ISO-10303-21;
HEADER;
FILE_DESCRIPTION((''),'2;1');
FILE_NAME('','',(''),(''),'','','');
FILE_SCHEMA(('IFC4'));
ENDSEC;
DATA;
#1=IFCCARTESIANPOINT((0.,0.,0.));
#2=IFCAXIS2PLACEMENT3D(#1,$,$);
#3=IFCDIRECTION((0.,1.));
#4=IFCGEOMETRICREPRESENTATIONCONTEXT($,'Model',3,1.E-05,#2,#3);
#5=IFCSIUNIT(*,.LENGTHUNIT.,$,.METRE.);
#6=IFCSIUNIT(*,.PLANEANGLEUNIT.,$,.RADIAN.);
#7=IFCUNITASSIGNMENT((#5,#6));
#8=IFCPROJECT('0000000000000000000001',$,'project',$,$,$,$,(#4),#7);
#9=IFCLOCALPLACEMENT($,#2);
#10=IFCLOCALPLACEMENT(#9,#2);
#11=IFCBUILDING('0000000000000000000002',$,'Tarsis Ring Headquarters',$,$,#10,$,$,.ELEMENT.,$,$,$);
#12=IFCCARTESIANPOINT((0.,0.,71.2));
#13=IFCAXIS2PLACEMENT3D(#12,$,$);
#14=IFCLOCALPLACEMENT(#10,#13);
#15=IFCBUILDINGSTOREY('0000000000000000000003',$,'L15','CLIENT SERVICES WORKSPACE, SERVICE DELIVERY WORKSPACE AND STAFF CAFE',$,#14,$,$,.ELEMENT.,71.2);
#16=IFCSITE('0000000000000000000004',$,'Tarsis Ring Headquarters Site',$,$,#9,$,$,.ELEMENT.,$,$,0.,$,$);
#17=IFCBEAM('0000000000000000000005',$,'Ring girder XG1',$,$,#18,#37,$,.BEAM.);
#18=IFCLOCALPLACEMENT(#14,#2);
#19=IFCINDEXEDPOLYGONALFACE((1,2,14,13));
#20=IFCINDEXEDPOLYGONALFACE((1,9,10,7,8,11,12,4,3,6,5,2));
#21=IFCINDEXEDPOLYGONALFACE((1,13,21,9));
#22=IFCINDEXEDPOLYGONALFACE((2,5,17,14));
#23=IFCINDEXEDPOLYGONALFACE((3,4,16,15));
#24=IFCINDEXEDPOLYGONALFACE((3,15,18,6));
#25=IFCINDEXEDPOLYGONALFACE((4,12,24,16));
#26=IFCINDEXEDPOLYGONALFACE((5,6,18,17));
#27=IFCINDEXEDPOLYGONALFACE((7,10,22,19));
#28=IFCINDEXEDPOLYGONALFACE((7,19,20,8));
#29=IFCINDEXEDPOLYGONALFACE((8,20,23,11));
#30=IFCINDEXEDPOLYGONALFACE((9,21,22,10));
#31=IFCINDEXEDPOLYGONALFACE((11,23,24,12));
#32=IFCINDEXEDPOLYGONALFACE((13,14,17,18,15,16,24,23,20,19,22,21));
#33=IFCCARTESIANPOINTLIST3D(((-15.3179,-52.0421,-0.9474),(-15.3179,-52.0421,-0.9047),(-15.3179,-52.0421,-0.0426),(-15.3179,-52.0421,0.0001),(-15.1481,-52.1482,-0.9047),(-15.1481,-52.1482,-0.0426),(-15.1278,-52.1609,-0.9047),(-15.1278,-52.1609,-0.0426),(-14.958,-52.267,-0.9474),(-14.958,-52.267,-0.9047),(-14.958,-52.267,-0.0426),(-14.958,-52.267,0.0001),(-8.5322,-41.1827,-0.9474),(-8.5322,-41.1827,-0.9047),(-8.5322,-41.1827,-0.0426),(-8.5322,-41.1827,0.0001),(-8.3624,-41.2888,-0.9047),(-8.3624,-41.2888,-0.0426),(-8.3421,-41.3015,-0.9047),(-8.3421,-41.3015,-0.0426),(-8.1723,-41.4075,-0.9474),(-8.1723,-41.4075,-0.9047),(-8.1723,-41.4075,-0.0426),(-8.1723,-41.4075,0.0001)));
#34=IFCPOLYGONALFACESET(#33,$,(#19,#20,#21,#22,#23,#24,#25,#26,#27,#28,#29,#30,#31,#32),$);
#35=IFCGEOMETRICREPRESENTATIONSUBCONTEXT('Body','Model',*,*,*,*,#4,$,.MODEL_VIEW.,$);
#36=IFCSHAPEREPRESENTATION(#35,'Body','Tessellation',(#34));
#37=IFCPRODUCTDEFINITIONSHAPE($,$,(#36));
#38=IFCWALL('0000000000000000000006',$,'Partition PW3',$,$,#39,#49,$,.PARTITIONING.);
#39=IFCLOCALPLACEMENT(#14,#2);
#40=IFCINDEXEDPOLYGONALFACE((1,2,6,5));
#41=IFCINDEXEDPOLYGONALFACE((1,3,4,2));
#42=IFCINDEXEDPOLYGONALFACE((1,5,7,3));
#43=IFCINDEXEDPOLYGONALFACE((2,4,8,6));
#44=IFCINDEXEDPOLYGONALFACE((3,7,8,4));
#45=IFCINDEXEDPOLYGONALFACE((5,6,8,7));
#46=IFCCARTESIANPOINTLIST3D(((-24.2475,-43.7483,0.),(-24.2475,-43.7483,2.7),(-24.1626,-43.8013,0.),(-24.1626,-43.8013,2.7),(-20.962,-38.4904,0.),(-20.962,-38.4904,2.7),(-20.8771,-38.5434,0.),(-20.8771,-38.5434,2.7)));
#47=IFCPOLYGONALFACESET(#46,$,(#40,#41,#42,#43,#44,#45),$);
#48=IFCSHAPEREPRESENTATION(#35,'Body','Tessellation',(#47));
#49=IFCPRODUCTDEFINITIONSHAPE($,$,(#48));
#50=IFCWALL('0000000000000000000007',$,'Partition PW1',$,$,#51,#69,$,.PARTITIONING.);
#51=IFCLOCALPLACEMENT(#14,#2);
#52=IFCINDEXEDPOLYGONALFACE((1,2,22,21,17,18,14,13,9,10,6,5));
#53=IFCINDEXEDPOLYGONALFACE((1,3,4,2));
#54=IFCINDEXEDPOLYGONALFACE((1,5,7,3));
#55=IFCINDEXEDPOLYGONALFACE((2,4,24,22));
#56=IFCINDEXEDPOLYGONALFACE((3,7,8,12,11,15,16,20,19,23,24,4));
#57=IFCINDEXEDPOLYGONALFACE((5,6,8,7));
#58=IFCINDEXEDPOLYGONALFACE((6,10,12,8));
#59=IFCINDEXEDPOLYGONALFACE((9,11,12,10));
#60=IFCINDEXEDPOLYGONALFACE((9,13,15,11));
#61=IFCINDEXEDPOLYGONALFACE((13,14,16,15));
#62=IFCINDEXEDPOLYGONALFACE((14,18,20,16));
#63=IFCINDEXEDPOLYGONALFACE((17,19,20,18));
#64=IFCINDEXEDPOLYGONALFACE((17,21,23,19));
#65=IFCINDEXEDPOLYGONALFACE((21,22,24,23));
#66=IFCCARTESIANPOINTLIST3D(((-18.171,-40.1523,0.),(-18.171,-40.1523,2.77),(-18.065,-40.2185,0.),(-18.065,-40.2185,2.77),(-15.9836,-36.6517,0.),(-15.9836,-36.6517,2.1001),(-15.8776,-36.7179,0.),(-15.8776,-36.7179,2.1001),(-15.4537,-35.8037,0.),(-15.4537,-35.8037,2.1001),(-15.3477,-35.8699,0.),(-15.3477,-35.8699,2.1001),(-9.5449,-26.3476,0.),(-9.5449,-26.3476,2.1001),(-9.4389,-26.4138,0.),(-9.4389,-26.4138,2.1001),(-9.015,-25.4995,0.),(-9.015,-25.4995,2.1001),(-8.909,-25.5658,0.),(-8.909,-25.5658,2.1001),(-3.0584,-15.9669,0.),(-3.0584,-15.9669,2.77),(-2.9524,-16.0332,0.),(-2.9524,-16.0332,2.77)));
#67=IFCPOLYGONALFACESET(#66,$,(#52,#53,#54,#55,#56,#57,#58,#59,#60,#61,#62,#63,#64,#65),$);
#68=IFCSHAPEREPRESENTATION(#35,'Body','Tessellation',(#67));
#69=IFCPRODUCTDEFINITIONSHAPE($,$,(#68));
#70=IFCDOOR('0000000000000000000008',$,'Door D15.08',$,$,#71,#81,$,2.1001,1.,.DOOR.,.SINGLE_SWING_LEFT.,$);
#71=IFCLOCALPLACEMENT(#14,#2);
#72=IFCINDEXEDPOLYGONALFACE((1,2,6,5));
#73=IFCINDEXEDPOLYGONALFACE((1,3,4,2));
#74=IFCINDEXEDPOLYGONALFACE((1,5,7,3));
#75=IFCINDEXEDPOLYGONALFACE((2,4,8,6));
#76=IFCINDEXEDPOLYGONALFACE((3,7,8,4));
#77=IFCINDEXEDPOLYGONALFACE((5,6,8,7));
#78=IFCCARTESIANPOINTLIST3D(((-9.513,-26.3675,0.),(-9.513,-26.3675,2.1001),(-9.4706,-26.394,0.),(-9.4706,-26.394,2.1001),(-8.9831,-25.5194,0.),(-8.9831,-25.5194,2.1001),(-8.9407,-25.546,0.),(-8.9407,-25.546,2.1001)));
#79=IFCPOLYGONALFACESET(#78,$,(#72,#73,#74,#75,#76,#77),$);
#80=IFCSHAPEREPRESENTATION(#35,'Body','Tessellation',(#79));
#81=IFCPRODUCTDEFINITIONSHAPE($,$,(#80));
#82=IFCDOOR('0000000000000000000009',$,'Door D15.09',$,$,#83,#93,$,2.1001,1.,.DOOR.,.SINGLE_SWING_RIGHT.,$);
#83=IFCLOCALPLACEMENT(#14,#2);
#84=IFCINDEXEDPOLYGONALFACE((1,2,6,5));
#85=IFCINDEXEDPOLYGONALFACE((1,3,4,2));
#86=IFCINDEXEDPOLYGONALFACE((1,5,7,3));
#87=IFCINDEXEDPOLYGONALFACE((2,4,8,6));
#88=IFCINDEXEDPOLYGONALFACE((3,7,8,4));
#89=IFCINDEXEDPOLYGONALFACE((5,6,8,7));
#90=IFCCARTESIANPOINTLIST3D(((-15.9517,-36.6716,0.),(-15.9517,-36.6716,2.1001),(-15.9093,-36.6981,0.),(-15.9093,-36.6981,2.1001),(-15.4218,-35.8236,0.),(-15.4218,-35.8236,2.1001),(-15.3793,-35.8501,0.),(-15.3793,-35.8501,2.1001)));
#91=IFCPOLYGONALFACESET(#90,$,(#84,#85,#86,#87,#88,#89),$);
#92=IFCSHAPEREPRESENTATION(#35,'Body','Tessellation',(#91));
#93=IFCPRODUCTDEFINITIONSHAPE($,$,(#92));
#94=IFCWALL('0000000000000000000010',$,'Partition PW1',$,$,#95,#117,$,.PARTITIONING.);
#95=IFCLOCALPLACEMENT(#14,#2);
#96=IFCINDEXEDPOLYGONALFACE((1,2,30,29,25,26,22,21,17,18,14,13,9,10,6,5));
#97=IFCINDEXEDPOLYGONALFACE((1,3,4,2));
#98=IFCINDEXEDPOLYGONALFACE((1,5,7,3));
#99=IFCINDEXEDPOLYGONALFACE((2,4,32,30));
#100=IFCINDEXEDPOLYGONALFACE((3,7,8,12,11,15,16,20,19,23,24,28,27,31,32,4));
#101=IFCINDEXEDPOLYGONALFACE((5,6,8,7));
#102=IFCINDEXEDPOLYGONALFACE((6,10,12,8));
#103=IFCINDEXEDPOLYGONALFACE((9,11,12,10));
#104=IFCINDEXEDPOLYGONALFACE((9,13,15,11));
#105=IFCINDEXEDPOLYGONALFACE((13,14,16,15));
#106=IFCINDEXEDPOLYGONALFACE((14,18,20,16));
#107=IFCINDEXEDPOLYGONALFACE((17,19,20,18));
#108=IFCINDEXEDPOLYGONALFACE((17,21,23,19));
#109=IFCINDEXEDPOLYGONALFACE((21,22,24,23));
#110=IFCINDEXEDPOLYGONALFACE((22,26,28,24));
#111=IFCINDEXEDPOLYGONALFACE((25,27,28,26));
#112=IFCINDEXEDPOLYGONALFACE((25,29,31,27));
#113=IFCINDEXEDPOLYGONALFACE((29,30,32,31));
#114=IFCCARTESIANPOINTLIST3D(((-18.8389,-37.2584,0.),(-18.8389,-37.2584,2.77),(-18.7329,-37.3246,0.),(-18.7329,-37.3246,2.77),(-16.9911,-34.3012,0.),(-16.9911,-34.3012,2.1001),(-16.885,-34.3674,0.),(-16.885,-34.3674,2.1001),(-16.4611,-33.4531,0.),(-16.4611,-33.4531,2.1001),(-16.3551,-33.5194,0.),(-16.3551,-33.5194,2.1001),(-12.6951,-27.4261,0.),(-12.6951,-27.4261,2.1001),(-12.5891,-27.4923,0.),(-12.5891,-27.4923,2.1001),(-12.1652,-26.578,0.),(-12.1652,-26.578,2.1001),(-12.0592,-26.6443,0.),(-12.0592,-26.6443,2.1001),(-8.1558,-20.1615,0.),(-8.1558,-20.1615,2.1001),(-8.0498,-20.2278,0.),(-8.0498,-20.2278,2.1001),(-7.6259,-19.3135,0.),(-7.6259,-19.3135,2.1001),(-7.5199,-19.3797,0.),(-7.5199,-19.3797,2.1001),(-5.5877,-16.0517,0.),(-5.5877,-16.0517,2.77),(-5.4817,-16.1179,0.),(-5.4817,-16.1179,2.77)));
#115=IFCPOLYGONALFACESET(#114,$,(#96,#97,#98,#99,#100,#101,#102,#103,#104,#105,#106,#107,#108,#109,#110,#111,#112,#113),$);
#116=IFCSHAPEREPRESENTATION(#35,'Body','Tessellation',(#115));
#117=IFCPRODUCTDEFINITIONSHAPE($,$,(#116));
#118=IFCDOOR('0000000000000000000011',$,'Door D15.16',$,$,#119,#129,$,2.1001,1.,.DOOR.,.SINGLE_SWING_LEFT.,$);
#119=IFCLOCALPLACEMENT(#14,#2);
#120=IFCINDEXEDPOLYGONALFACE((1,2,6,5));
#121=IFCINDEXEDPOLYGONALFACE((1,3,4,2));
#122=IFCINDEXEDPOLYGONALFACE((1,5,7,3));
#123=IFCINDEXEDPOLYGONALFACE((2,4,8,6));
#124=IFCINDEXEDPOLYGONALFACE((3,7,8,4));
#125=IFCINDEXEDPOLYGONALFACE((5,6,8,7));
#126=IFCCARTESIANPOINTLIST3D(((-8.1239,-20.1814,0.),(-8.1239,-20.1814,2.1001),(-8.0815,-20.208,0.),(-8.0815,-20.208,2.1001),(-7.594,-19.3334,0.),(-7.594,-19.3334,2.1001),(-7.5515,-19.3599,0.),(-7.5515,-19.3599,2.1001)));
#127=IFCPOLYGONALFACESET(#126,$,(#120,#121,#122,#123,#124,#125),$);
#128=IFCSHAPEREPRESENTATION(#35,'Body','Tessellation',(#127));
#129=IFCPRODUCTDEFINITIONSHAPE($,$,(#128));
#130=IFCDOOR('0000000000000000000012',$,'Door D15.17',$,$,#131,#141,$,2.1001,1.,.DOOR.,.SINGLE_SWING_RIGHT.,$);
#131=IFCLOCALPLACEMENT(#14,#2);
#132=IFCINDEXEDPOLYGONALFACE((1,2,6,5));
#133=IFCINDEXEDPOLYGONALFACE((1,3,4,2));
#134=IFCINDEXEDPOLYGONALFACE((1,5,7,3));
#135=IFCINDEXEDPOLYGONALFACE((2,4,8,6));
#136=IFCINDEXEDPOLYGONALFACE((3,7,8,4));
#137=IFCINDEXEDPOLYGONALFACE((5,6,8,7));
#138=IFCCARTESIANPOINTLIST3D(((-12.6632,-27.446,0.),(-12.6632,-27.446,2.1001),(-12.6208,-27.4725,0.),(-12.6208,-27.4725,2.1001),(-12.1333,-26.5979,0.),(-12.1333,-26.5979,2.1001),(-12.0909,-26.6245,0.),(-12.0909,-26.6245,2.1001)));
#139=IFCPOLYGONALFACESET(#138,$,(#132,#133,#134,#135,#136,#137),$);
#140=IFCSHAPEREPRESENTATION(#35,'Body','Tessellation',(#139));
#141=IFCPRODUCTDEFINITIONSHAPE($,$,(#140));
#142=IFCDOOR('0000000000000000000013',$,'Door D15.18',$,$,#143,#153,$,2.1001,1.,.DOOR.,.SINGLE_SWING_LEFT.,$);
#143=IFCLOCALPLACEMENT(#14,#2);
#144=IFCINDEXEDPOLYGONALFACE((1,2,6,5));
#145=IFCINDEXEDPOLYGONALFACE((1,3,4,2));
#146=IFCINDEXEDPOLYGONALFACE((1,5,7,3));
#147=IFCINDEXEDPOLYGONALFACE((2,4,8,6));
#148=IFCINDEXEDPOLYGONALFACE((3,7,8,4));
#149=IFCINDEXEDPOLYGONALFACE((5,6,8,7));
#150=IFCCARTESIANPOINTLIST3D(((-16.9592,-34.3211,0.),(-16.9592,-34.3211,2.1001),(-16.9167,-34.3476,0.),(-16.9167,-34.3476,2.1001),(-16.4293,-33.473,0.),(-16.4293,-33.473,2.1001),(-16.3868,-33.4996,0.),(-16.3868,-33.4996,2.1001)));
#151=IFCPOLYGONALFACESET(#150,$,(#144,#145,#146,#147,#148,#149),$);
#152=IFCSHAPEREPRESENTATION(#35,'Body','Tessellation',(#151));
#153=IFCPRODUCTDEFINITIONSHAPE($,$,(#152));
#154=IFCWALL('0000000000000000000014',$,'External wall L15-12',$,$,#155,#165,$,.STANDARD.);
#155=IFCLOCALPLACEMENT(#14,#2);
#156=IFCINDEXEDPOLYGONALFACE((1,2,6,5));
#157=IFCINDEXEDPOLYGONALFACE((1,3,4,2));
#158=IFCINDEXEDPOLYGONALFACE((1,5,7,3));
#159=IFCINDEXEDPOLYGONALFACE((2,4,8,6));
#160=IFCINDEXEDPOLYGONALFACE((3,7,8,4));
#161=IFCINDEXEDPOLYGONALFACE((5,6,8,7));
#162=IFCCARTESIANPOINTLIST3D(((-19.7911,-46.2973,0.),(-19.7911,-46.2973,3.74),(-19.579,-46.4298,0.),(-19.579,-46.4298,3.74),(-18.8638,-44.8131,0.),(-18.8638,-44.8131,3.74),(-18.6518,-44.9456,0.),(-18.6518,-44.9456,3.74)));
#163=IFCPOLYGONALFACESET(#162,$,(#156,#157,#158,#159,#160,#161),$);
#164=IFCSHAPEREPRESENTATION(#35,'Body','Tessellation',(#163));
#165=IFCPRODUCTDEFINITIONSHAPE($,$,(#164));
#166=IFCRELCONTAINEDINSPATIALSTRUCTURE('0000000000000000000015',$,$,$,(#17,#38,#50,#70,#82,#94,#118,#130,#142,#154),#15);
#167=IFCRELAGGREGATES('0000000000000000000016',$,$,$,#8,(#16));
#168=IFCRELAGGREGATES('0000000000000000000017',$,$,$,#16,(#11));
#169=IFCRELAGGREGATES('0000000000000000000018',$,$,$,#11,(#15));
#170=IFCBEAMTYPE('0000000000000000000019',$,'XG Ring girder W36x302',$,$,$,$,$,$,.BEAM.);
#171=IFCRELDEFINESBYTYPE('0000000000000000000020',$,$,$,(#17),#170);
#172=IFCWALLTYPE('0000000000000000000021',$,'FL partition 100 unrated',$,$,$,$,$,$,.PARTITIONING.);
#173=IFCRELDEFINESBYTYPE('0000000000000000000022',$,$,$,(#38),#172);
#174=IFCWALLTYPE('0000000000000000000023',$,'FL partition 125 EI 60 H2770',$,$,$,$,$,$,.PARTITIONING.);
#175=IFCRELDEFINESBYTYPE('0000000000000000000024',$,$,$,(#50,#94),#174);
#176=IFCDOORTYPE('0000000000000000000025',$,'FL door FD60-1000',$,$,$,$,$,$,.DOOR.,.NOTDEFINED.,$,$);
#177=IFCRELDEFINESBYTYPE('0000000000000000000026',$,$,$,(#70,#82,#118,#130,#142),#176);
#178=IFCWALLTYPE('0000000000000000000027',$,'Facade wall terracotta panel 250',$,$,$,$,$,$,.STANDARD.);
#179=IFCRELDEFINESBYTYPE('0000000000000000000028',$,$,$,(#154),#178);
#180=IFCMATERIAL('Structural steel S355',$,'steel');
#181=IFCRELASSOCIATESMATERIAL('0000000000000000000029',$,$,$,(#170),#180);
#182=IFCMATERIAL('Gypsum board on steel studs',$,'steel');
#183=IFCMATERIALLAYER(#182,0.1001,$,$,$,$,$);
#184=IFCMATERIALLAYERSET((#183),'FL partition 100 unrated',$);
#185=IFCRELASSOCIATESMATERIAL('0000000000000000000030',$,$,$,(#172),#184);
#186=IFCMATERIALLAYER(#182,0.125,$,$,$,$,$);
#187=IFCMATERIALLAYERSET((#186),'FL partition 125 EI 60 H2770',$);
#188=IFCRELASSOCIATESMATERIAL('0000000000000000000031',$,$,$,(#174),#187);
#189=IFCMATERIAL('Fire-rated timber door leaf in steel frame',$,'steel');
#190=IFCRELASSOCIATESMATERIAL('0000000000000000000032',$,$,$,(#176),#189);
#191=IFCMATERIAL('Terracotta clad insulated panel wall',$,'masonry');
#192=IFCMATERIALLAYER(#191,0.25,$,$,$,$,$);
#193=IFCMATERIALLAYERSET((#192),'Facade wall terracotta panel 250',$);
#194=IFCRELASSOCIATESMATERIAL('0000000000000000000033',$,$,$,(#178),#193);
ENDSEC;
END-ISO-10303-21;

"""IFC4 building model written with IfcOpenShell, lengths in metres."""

from ifc_helpers import new_model, si_unit, direction, frame, frame_2d, origin, origin_2d, place, context, subcontext, project, spatial, rectangle, i_section, extrude, material, layer, layer_set, material_profile, profile_set, type_object, element, fill, save


model = new_model("IFC4")

# Units and contexts
model_context = context("Model", 3, precision=1e-05, world=origin(), true_north=direction((0.0, 1.0)))
body_context = subcontext(model_context, "Body", "Model", "MODEL_VIEW")
ifc_project = project(units=[si_unit("LENGTHUNIT", "METRE"), si_unit("PLANEANGLEUNIT", "RADIAN")], contexts=[model_context])

# Site, building, storey
site_placement = place(None, origin())
site = spatial("IfcSite", under=ifc_project, at=site_placement, Name="Tarsis Ring Headquarters Site", CompositionType="ELEMENT", RefElevation=0.0)
building_placement = place(site_placement, origin())
building = spatial("IfcBuilding", under=site, at=building_placement, Name="Tarsis Ring Headquarters", CompositionType="ELEMENT")
storey_placement = place(building_placement, frame((0.0, 0.0, 71.2)))
storey = spatial("IfcBuildingStorey", under=building, at=storey_placement, Name="L15", Description="CLIENT SERVICES WORKSPACE, SERVICE DELIVERY WORKSPACE AND STAFF CAFE", CompositionType="ELEMENT", Elevation=71.2)

# Shared definitions
ifc_material_1 = material(Name="Structural steel S355", Category="steel")

# Beam
ifc_material_profile_1 = material_profile(ifc_material_1, i_section(OverallWidth=0.4243, OverallDepth=0.9475, WebThickness=0.0239, FlangeThickness=0.0427, at=origin_2d()), Name="W36x302")
ifc_profile_set_1 = profile_set([ifc_material_profile_1], Name="Structural steel S355")
beam_type = type_object("IfcBeamType", Name="XG Ring girder W36x302", PredefinedType="BEAM", material=ifc_profile_set_1)
beam_1_placement = place(storey_placement, frame((-15.1379, -52.1545, -0.4736), z_axis=(0.529917, 0.84805, 0.0), x_axis=(-0.84805, 0.529917, 0.0)))
element("IfcBeam", 1, at=beam_1_placement, inside=storey, type_object=beam_type, Name="Ring girder XG1", PredefinedType="BEAM", context=body_context, shape_type="SweptSolid", body=[
    extrude(i_section(OverallWidth=0.4243, OverallDepth=0.9475, WebThickness=0.0239, FlangeThickness=0.0427, at=origin_2d()), origin(), (0.0, 0.0, 1.0), 12.8052),
])

# Wall
ifc_material_2 = material(Name="Gypsum board on steel studs", Category="steel")
ifc_layer_1 = layer(ifc_material_2, 0.1001)
ifc_layer_set_1 = layer_set([ifc_layer_1], Name="FL partition 100 unrated")
wall_type_1 = type_object("IfcWallType", Name="FL partition 100 unrated", PredefinedType="PARTITIONING", material=ifc_layer_set_1)
wall_1_placement = place(storey_placement, frame((-24.2051, -43.7749, 0.0), z_axis=(0.0, 0.0, 1.0), x_axis=(0.529914, 0.848051, 0.0)))
element("IfcWall", 2, at=wall_1_placement, inside=storey, type_object=wall_type_1, Name="Partition PW3", PredefinedType="PARTITIONING", context=body_context, shape_type="SweptSolid", body=[
    extrude(rectangle(XDim=6.2, YDim=0.1001, at=frame_2d((3.1001, 0.0))), origin(), (0.0, 0.0, 1.0), 2.7),
])

# Walls, openings, doors
ifc_layer_2 = layer(ifc_material_2, 0.125)
ifc_layer_set_2 = layer_set([ifc_layer_2], Name="FL partition 125 EI 60 H2770")
wall_type_2 = type_object("IfcWallType", Name="FL partition 125 EI 60 H2770", PredefinedType="PARTITIONING", material=ifc_layer_set_2)
wall_2_placement = place(storey_placement, frame((-18.1179, -40.1853, 0.0), z_axis=(0.0, 0.0, 1.0), x_axis=(0.529917, 0.84805, 0.0)))
wall_2 = element("IfcWall", 3, at=wall_2_placement, inside=storey, type_object=wall_type_2, Name="Partition PW1", PredefinedType="PARTITIONING", context=body_context, shape_type="SweptSolid", body=[
    extrude(rectangle(XDim=28.5188, YDim=0.125, at=frame_2d((14.2593, 0.0))), origin(), (0.0, 0.0, 1.0), 2.77),
])
opening_1_placement = place(wall_2_placement, frame((16.2781, 0.0, 0.0)))
opening_1 = element("IfcOpeningElement", 4, at=opening_1_placement, cuts=wall_2, PredefinedType="OPENING", context=body_context, shape_type="SweptSolid", body=[
    extrude(rectangle(XDim=1.0, YDim=2.1001, at=frame_2d((0.5, 1.05))), frame((0.0, 0.0725, 0.0), z_axis=(0.0, -1.0, 0.0), x_axis=(1.0, 0.0, 0.0)), (0.0, 0.0, 1.0), 0.145),
])
opening_2_placement = place(wall_2_placement, frame((4.1277, 0.0, 0.0)))
opening_2 = element("IfcOpeningElement", 5, at=opening_2_placement, cuts=wall_2, PredefinedType="OPENING", context=body_context, shape_type="SweptSolid", body=[
    extrude(rectangle(XDim=1.0, YDim=2.1001, at=frame_2d((0.5, 1.05))), frame((0.0, 0.0725, 0.0), z_axis=(0.0, -1.0, 0.0), x_axis=(1.0, 0.0, 0.0)), (0.0, 0.0, 1.0), 0.145),
])
ifc_material_3 = material(Name="Fire-rated timber door leaf in steel frame", Category="steel")
door_type = type_object("IfcDoorType", Name="FL door FD60-1000", OperationType="NOTDEFINED", PredefinedType="DOOR", material=ifc_material_3)
door_1_placement = place(opening_1_placement, origin())
door_1 = element("IfcDoor", 6, at=door_1_placement, inside=storey, type_object=door_type, Name="Door D15.08", OperationType="SINGLE_SWING_LEFT", OverallHeight=2.1001, OverallWidth=1.0, PredefinedType="DOOR", context=body_context, shape_type="SweptSolid", body=[
    extrude(rectangle(XDim=1.0, YDim=2.1001, at=frame_2d((0.5, 1.05))), frame((0.0, 0.0249, 0.0), z_axis=(0.0, -1.0, 0.0), x_axis=(1.0, 0.0, 0.0)), (0.0, 0.0, 1.0), 0.05),
])
fill(opening_1, door_1)
door_2_placement = place(opening_2_placement, origin())
door_2 = element("IfcDoor", 7, at=door_2_placement, inside=storey, type_object=door_type, Name="Door D15.09", OperationType="SINGLE_SWING_RIGHT", OverallHeight=2.1001, OverallWidth=1.0, PredefinedType="DOOR", context=body_context, shape_type="SweptSolid", body=[
    extrude(rectangle(XDim=1.0, YDim=2.1001, at=frame_2d((0.5, 1.05))), frame((0.0, 0.0249, 0.0), z_axis=(0.0, -1.0, 0.0), x_axis=(1.0, 0.0, 0.0)), (0.0, 0.0, 1.0), 0.05),
])
fill(opening_2, door_2)
wall_3_placement = place(storey_placement, frame((-18.7859, -37.2915, 0.0), z_axis=(0.0, 0.0, 1.0), x_axis=(0.529912, 0.848053, 0.0)))
wall_3 = element("IfcWall", 8, at=wall_3_placement, inside=storey, type_object=wall_type_2, Name="Partition PW1", PredefinedType="PARTITIONING", context=body_context, shape_type="SweptSolid", body=[
    extrude(rectangle(XDim=25.0063, YDim=0.125, at=frame_2d((12.5032, 0.0))), origin(), (0.0, 0.0, 1.0), 2.77),
])
opening_3_placement = place(wall_3_placement, frame((20.1602, 0.0, 0.0)))
opening_3 = element("IfcOpeningElement", 9, at=opening_3_placement, cuts=wall_3, PredefinedType="OPENING", context=body_context, shape_type="SweptSolid", body=[
    extrude(rectangle(XDim=1.0, YDim=2.1001, at=frame_2d((0.5, 1.05))), frame((0.0, 0.0725, 0.0), z_axis=(0.0, -1.0, 0.0), x_axis=(1.0, 0.0, 0.0)), (0.0, 0.0, 1.0), 0.145),
])
opening_4_placement = place(wall_3_placement, frame((11.594, 0.0, 0.0)))
opening_4 = element("IfcOpeningElement", 10, at=opening_4_placement, cuts=wall_3, PredefinedType="OPENING", context=body_context, shape_type="SweptSolid", body=[
    extrude(rectangle(XDim=1.0, YDim=2.1001, at=frame_2d((0.5, 1.05))), frame((0.0, 0.0725, 0.0), z_axis=(0.0, -1.0, 0.0), x_axis=(1.0, 0.0, 0.0)), (0.0, 0.0, 1.0), 0.145),
])
opening_5_placement = place(wall_3_placement, frame((3.4871, 0.0, 0.0)))
opening_5 = element("IfcOpeningElement", 11, at=opening_5_placement, cuts=wall_3, PredefinedType="OPENING", context=body_context, shape_type="SweptSolid", body=[
    extrude(rectangle(XDim=1.0, YDim=2.1001, at=frame_2d((0.5, 1.05))), frame((0.0, 0.0725, 0.0), z_axis=(0.0, -1.0, 0.0), x_axis=(1.0, 0.0, 0.0)), (0.0, 0.0, 1.0), 0.145),
])
door_3_placement = place(opening_3_placement, origin())
door_3 = element("IfcDoor", 12, at=door_3_placement, inside=storey, type_object=door_type, Name="Door D15.16", OperationType="SINGLE_SWING_LEFT", OverallHeight=2.1001, OverallWidth=1.0, PredefinedType="DOOR", context=body_context, shape_type="SweptSolid", body=[
    extrude(rectangle(XDim=1.0, YDim=2.1001, at=frame_2d((0.5, 1.05))), frame((0.0, 0.0249, 0.0), z_axis=(0.0, -1.0, 0.0), x_axis=(1.0, 0.0, 0.0)), (0.0, 0.0, 1.0), 0.05),
])
fill(opening_3, door_3)
door_4_placement = place(opening_4_placement, origin())
door_4 = element("IfcDoor", 13, at=door_4_placement, inside=storey, type_object=door_type, Name="Door D15.17", OperationType="SINGLE_SWING_RIGHT", OverallHeight=2.1001, OverallWidth=1.0, PredefinedType="DOOR", context=body_context, shape_type="SweptSolid", body=[
    extrude(rectangle(XDim=1.0, YDim=2.1001, at=frame_2d((0.5, 1.05))), frame((0.0, 0.0249, 0.0), z_axis=(0.0, -1.0, 0.0), x_axis=(1.0, 0.0, 0.0)), (0.0, 0.0, 1.0), 0.05),
])
fill(opening_4, door_4)
door_5_placement = place(opening_5_placement, origin())
door_5 = element("IfcDoor", 14, at=door_5_placement, inside=storey, type_object=door_type, Name="Door D15.18", OperationType="SINGLE_SWING_LEFT", OverallHeight=2.1001, OverallWidth=1.0, PredefinedType="DOOR", context=body_context, shape_type="SweptSolid", body=[
    extrude(rectangle(XDim=1.0, YDim=2.1001, at=frame_2d((0.5, 1.05))), frame((0.0, 0.0249, 0.0), z_axis=(0.0, -1.0, 0.0), x_axis=(1.0, 0.0, 0.0)), (0.0, 0.0, 1.0), 0.05),
])
fill(opening_5, door_5)

# Wall
ifc_material_4 = material(Name="Terracotta clad insulated panel wall", Category="masonry")
ifc_layer_3 = layer(ifc_material_4, 0.25)
ifc_layer_set_3 = layer_set([ifc_layer_3], Name="Facade wall terracotta panel 250")
wall_type_3 = type_object("IfcWallType", Name="Facade wall terracotta panel 250", PredefinedType="STANDARD", material=ifc_layer_set_3)
for number, where, z_axis, x_axis, name in (
    (15, (-19.6851, -46.3635, 0.0), (0.0, 0.0, 1.0), (0.529861, 0.848085, 0.0), "External wall L15-12"),
):
    element("IfcWall", number, at=place(storey_placement, frame(where, z_axis=z_axis, x_axis=x_axis)), inside=storey, type_object=wall_type_3, Name=name, PredefinedType="STANDARD", context=body_context, shape_type="SweptSolid", body=[
        extrude(rectangle(XDim=1.75, YDim=0.25, at=frame_2d((0.875, 0.0))), origin(), (0.0, 0.0, 1.0), 3.74),
    ])

save(model, "model.ifc")
